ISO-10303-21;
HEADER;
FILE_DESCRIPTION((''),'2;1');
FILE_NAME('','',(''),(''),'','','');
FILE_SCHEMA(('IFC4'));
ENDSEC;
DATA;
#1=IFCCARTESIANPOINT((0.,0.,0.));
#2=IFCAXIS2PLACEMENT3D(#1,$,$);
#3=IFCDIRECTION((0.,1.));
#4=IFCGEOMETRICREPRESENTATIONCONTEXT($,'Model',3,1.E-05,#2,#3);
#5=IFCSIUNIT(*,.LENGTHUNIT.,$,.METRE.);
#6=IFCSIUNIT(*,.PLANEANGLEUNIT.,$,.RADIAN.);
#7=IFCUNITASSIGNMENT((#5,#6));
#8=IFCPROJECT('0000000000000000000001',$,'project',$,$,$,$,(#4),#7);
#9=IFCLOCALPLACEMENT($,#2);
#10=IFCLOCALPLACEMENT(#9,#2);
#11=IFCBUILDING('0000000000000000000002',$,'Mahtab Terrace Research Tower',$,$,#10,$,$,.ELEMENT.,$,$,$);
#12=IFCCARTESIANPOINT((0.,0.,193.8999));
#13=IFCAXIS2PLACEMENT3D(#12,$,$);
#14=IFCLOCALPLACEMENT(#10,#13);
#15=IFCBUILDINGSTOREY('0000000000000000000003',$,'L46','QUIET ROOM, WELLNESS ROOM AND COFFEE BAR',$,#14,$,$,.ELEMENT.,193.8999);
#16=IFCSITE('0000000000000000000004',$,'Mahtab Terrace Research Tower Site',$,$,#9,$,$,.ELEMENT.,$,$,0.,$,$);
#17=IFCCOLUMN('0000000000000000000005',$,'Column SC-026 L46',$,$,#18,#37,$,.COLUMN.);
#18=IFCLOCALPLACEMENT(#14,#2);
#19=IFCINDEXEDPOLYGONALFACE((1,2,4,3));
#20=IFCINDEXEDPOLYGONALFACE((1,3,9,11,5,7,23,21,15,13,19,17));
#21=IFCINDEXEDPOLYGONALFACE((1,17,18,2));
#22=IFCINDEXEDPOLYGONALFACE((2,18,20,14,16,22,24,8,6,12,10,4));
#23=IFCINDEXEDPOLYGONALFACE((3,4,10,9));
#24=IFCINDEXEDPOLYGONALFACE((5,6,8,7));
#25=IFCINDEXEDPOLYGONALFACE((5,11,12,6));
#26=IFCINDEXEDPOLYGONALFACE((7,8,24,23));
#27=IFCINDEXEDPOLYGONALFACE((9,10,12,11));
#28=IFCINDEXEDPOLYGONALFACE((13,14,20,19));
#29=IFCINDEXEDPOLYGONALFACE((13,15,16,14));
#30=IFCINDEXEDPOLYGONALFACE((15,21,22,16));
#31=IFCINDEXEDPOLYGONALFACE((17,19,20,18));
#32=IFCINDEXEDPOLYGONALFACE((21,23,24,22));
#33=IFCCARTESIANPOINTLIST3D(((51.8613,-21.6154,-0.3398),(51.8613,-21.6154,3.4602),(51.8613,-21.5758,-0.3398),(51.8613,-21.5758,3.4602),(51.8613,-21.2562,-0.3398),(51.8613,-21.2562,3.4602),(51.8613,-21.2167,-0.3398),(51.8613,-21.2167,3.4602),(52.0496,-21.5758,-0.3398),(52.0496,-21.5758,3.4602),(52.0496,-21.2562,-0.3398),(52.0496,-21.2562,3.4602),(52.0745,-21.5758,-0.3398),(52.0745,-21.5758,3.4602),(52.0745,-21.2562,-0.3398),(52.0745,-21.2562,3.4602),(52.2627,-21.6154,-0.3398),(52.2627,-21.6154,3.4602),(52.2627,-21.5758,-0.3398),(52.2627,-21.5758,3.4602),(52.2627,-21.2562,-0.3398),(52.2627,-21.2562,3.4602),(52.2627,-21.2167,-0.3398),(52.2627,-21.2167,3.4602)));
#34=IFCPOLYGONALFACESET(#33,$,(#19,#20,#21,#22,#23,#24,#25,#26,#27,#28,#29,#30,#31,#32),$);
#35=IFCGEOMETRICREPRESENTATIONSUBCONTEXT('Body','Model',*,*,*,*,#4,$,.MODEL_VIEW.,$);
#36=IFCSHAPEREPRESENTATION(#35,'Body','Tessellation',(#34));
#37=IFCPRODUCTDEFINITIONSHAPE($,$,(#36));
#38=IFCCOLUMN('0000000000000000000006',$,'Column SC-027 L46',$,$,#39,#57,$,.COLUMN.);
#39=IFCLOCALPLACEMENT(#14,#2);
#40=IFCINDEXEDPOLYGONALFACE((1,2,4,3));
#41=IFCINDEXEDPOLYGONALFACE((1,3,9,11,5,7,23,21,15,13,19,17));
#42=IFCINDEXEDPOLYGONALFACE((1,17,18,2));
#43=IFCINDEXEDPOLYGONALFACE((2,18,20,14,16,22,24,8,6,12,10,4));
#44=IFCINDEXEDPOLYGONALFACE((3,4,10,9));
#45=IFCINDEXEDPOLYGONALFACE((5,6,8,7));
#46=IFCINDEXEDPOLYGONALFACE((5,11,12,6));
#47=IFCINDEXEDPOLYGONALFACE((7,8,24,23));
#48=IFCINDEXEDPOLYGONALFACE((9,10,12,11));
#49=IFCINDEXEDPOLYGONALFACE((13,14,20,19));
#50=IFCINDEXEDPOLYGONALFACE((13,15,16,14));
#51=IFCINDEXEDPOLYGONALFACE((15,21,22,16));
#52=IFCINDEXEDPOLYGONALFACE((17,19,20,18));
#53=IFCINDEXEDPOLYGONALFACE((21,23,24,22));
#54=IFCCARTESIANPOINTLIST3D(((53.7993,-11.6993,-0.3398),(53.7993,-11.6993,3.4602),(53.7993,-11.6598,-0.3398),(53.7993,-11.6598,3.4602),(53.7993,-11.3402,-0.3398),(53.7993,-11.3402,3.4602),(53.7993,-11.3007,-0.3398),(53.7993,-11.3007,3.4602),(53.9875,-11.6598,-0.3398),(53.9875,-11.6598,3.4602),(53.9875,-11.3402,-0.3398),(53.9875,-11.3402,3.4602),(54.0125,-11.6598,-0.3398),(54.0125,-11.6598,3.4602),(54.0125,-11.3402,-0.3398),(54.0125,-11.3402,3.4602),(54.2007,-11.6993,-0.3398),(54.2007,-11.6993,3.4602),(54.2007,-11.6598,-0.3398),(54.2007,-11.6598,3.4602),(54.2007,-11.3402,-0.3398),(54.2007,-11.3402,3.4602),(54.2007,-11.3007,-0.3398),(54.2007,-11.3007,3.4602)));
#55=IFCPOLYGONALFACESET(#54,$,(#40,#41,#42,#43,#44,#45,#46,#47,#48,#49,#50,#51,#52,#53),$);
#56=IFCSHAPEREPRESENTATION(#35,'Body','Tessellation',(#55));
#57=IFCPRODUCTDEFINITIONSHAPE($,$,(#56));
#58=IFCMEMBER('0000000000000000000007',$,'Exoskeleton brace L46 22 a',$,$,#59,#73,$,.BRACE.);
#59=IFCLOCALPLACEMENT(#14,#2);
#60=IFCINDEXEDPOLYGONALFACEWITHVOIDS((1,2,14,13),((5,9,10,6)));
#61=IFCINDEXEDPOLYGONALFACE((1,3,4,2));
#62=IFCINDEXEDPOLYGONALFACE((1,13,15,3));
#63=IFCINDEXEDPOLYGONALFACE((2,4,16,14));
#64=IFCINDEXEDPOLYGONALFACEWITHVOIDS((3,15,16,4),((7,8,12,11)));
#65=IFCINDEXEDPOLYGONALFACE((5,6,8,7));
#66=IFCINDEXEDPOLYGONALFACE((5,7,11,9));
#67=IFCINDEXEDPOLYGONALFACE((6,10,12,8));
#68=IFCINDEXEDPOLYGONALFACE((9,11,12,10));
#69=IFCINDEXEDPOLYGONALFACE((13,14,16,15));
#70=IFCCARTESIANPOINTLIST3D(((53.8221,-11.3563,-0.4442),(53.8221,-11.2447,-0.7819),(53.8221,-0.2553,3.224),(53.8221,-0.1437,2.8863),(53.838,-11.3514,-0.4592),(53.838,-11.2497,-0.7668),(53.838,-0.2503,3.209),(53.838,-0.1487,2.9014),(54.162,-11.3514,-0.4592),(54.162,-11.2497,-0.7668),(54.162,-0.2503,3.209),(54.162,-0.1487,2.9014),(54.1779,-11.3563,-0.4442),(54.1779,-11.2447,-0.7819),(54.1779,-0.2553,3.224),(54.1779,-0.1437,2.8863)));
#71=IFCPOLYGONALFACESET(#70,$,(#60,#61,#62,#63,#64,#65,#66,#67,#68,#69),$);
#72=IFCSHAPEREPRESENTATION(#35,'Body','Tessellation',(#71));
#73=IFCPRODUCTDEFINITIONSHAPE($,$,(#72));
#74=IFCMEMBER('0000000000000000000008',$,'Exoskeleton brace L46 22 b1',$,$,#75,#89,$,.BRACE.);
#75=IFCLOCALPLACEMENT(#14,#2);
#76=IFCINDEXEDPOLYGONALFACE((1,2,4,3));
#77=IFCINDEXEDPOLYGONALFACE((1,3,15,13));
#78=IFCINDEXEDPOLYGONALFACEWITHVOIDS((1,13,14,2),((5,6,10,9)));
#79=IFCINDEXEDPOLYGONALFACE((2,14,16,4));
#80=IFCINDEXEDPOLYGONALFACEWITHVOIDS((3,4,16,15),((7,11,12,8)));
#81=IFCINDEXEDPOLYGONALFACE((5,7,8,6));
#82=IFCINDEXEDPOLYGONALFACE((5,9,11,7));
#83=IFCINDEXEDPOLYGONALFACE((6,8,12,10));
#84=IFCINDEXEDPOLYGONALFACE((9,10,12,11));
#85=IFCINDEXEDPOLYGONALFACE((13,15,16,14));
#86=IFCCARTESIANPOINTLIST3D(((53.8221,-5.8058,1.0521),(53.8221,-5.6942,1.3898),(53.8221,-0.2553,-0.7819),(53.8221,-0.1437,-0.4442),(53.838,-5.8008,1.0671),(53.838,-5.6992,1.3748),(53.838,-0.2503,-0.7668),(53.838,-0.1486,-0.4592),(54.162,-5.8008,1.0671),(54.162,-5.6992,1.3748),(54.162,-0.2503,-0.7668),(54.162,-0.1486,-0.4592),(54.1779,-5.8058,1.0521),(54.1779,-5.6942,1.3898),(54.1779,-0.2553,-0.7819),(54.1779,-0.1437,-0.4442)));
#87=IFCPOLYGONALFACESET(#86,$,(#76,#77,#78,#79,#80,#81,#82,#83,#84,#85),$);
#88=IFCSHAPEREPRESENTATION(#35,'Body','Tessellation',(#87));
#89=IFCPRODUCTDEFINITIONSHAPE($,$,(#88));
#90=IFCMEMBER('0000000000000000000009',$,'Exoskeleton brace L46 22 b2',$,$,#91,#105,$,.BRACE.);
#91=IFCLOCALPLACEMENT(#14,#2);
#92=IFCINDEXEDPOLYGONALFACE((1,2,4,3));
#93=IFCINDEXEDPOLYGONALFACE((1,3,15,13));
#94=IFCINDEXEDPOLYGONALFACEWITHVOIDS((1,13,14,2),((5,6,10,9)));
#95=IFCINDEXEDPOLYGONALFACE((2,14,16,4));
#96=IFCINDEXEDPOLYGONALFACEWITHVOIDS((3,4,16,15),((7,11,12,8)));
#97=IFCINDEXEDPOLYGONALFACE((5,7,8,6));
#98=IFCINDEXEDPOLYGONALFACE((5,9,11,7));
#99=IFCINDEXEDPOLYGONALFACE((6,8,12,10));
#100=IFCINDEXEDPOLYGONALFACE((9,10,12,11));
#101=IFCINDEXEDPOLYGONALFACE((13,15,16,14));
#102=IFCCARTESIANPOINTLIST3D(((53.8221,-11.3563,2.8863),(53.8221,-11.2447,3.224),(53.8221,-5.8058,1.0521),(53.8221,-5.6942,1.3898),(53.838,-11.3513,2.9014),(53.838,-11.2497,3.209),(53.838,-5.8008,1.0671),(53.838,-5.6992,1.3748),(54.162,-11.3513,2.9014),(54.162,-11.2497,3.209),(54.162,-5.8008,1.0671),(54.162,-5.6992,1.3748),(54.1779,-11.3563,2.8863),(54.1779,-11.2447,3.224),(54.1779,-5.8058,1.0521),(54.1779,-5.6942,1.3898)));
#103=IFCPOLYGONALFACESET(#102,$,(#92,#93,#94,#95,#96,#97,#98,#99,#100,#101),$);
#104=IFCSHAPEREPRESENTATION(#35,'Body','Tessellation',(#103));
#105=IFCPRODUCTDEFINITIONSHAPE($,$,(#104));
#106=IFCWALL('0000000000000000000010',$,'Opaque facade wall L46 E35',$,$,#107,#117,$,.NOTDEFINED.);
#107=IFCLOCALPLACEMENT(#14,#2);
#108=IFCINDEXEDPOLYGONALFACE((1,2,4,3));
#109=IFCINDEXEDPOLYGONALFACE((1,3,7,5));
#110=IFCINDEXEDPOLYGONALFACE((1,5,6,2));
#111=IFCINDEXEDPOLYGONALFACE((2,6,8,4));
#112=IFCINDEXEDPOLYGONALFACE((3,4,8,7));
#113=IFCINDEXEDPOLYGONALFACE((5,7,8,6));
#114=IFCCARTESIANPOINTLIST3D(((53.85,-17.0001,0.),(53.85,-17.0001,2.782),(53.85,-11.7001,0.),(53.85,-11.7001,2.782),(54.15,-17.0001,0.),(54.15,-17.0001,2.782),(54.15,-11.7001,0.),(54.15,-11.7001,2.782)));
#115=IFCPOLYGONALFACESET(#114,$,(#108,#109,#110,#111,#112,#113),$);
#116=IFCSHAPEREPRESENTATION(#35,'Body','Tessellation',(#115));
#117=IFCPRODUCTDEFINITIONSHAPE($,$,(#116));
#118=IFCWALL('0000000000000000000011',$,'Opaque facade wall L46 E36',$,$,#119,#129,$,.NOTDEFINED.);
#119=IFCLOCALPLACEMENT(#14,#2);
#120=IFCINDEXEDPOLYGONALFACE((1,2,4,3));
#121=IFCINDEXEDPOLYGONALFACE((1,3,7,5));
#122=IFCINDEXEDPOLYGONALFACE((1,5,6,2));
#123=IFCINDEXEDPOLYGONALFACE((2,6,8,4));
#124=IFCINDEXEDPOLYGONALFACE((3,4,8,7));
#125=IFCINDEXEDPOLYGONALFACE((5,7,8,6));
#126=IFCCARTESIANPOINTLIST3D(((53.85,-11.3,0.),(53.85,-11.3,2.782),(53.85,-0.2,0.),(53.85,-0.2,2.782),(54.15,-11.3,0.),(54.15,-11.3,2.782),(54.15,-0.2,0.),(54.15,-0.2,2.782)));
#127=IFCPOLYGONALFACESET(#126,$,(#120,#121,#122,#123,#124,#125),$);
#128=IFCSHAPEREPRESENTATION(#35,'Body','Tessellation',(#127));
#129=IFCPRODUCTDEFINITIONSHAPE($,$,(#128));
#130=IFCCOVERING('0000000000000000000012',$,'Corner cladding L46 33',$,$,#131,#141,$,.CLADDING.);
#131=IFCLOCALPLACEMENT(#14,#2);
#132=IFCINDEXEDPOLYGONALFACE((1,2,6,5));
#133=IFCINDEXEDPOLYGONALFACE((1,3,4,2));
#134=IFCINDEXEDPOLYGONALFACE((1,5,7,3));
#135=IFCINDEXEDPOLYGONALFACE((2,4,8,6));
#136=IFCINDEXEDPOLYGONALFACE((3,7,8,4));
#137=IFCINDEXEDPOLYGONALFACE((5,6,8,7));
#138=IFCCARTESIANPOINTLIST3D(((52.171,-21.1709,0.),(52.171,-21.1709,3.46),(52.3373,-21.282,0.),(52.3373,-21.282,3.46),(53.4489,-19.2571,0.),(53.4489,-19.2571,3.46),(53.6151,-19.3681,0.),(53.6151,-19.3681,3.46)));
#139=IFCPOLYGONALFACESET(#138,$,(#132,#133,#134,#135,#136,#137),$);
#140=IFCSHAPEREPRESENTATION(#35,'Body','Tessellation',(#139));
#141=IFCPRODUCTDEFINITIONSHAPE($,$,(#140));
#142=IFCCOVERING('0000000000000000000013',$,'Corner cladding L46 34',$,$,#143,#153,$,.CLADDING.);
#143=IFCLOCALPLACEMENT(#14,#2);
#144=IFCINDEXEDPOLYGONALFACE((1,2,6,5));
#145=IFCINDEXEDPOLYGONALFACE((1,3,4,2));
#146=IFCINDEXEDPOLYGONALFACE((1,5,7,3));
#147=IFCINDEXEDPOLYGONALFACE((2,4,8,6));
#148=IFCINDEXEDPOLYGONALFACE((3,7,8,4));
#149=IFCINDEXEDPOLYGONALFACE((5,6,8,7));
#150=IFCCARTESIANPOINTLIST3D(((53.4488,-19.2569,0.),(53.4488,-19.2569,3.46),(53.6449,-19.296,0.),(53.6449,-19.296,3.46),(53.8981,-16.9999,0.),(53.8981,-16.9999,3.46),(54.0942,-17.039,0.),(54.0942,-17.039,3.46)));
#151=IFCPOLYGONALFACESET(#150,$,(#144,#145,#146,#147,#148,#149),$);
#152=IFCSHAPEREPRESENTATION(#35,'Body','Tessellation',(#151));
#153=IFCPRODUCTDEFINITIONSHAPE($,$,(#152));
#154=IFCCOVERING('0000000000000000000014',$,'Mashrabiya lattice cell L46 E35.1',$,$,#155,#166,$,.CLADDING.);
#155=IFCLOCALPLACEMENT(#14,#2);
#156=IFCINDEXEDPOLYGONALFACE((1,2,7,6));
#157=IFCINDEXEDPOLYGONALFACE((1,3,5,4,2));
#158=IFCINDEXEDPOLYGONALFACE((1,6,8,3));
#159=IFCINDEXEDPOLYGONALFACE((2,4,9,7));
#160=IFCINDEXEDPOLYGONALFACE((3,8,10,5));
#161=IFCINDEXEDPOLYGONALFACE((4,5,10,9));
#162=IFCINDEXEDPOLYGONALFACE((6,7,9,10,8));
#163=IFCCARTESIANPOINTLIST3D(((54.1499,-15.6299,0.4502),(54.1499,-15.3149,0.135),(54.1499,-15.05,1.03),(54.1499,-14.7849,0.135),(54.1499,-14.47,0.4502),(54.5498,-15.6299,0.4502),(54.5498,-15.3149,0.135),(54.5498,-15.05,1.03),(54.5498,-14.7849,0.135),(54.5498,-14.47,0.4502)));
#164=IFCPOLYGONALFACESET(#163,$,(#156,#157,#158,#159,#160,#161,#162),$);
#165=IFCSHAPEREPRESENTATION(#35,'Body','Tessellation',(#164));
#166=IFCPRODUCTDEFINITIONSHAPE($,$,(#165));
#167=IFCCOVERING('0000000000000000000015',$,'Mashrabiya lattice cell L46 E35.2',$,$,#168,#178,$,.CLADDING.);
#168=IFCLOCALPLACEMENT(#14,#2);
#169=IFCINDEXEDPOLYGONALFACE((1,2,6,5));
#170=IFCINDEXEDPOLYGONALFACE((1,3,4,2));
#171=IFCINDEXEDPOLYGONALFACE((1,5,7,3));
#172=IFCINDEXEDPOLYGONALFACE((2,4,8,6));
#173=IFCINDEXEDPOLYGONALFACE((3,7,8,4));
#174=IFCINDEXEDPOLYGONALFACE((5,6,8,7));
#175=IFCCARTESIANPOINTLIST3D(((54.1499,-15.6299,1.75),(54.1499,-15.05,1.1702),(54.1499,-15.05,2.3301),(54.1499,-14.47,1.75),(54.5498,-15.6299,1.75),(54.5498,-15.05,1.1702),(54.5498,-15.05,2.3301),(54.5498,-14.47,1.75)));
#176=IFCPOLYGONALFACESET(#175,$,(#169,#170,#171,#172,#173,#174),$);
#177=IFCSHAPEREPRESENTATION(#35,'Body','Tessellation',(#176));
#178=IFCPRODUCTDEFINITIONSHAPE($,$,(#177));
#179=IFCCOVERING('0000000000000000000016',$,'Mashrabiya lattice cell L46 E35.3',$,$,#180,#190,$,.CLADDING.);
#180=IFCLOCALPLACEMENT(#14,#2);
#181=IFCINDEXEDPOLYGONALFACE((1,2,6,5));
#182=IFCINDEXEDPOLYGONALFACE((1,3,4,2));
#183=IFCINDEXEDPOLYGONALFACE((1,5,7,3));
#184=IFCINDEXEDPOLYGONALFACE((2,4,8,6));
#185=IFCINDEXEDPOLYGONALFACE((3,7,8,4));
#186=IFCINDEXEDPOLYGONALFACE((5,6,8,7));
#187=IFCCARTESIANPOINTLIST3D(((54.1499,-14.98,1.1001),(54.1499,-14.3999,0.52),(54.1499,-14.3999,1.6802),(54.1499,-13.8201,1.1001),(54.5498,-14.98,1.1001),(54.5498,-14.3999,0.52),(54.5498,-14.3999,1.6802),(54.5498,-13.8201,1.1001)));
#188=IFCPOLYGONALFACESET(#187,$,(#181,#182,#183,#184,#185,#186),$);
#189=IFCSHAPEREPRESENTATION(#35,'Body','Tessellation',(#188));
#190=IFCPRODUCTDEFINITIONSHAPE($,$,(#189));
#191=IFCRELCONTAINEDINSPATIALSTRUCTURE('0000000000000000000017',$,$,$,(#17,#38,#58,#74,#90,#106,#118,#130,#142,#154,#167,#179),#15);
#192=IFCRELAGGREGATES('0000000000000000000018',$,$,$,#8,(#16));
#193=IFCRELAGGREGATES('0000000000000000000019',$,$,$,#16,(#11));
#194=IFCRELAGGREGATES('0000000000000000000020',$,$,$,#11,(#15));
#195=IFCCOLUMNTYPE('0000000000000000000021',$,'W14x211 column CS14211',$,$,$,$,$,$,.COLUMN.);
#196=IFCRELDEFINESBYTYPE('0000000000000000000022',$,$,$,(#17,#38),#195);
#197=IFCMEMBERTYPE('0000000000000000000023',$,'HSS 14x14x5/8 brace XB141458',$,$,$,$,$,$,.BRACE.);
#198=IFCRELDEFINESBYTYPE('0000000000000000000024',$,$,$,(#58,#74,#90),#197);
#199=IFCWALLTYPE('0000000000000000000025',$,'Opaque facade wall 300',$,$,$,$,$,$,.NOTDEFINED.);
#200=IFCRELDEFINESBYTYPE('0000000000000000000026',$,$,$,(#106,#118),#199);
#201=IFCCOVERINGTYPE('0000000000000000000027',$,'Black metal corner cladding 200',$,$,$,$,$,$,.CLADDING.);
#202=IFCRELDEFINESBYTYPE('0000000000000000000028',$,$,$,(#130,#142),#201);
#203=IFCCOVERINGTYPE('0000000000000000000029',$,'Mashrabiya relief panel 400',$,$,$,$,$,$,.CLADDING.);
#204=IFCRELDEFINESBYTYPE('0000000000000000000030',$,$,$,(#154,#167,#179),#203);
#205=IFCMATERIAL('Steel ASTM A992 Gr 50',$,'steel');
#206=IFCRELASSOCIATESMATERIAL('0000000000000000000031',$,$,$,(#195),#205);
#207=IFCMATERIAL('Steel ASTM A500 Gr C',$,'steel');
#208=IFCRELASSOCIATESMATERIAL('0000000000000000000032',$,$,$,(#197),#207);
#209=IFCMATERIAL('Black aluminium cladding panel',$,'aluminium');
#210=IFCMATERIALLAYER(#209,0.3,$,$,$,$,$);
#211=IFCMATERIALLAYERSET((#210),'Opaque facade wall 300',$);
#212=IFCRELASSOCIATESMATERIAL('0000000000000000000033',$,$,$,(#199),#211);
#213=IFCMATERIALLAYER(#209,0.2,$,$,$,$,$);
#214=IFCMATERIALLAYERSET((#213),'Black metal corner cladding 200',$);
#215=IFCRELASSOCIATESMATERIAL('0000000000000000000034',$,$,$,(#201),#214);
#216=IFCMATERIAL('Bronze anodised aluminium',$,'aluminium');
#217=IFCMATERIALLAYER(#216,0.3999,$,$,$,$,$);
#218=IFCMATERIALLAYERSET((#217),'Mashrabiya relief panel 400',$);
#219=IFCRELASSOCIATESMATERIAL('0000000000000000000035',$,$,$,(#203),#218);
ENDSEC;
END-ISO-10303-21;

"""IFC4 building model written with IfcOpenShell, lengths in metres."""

from ifc_helpers import new_model, si_unit, direction, frame, frame_2d, origin, origin_2d, place, context, subcontext, project, spatial, polyline, rectangle, hollow_rectangle, i_section, outline, extrude, material, layer, layer_set, material_profile, profile_set, type_object, element, save


model = new_model("IFC4")

# Units and contexts
model_context = context("Model", 3, precision=1e-05, world=origin(), true_north=direction((0.0, 1.0)))
body_context = subcontext(model_context, "Body", "Model", "MODEL_VIEW")
ifc_project = project(units=[si_unit("LENGTHUNIT", "METRE"), si_unit("PLANEANGLEUNIT", "RADIAN")], contexts=[model_context])

# Site, building, storey
site_placement = place(None, origin())
site = spatial("IfcSite", under=ifc_project, at=site_placement, Name="Mahtab Terrace Research Tower Site", CompositionType="ELEMENT", RefElevation=0.0)
building_placement = place(site_placement, origin())
building = spatial("IfcBuilding", under=site, at=building_placement, Name="Mahtab Terrace Research Tower", CompositionType="ELEMENT")
storey_placement = place(building_placement, frame((0.0, 0.0, 193.8999)))
storey = spatial("IfcBuildingStorey", under=building, at=storey_placement, Name="L46", Description="QUIET ROOM, WELLNESS ROOM AND COFFEE BAR", CompositionType="ELEMENT", Elevation=193.8999)

# Columns
ifc_material_1 = material(Name="Steel ASTM A992 Gr 50", Category="steel")
ifc_material_profile_1 = material_profile(ifc_material_1, i_section(OverallWidth=0.4014, OverallDepth=0.3987, WebThickness=0.0249, FlangeThickness=0.0396, at=origin_2d()), Name="W14X211")
ifc_profile_set_1 = profile_set([ifc_material_profile_1], Name="Steel ASTM A992 Gr 50")
column_type = type_object("IfcColumnType", Name="W14x211 column CS14211", PredefinedType="COLUMN", material=ifc_profile_set_1)
for number, where, z_axis, x_axis, name in (
    (1, (52.062, -21.416, -0.3398), (0.0, 0.0, 1.0), (1.0, 0.0, 0.0), "Column SC-026 L46"),
    (2, (54.0, -11.5, -0.3398), (0.0, 0.0, 1.0), (1.0, 0.0, 0.0), "Column SC-027 L46"),
):
    element("IfcColumn", number, at=place(storey_placement, frame(where, z_axis=z_axis, x_axis=x_axis)), inside=storey, type_object=column_type, Name=name, PredefinedType="COLUMN", context=body_context, shape_type="SweptSolid", body=[
        extrude(i_section(OverallWidth=0.4014, OverallDepth=0.3987, WebThickness=0.0249, FlangeThickness=0.0396, at=origin_2d()), origin(), (0.0, 0.0, 1.0), 3.8),
    ])

# Members
ifc_material_2 = material(Name="Steel ASTM A500 Gr C", Category="steel")
ifc_material_profile_2 = material_profile(ifc_material_2, hollow_rectangle(XDim=0.3557, YDim=0.3557, WallThickness=0.0159, at=origin_2d()), Name="HSS14X14X5/8")
ifc_profile_set_2 = profile_set([ifc_material_profile_2], Name="Steel ASTM A500 Gr C")
member_type = type_object("IfcMemberType", Name="HSS 14x14x5/8 brace XB141458", PredefinedType="BRACE", material=ifc_profile_set_2)
member_placement = place(storey_placement, frame((54.0, -11.3005, -0.613), z_axis=(0.0, 0.949505, 0.313752), x_axis=(-1.0, 0.0, 0.0)))
element("IfcMember", 3, at=member_placement, inside=storey, type_object=member_type, Name="Exoskeleton brace L46 22 a", PredefinedType="BRACE", context=body_context, shape_type="SweptSolid", body=[
    extrude(hollow_rectangle(XDim=0.3557, YDim=0.3557, WallThickness=0.0159, at=origin_2d()), origin(), (0.0, 0.0, 1.0), 11.6914),
])
for number, where, z_axis, x_axis, name in (
    (4, (54.0, -0.1995, -0.613), (0.0, -0.949511, 0.313733), (1.0, 0.0, 0.0), "Exoskeleton brace L46 22 b1"),
    (5, (54.0, -5.75, 1.2209), (0.0, -0.949499, 0.313771), (1.0, 0.0, 0.0), "Exoskeleton brace L46 22 b2"),
):
    element("IfcMember", number, at=place(storey_placement, frame(where, z_axis=z_axis, x_axis=x_axis)), inside=storey, type_object=member_type, Name=name, PredefinedType="BRACE", context=body_context, shape_type="SweptSolid", body=[
        extrude(hollow_rectangle(XDim=0.3557, YDim=0.3557, WallThickness=0.0159, at=origin_2d()), origin(), (0.0, 0.0, 1.0), 5.8457),
    ])

# Walls
ifc_material_3 = material(Name="Black aluminium cladding panel", Category="aluminium")
ifc_layer_1 = layer(ifc_material_3, 0.3)
ifc_layer_set_1 = layer_set([ifc_layer_1], Name="Opaque facade wall 300")
wall_type = type_object("IfcWallType", Name="Opaque facade wall 300", PredefinedType="NOTDEFINED", material=ifc_layer_set_1)
wall_1_placement = place(storey_placement, frame((54.0, -17.0, 0.0), z_axis=(0.0, 0.0, 1.0), x_axis=(0.0, 1.0, 0.0)))
element("IfcWall", 6, at=wall_1_placement, inside=storey, type_object=wall_type, Name="Opaque facade wall L46 E35", PredefinedType="NOTDEFINED", context=body_context, shape_type="SweptSolid", body=[
    extrude(rectangle(XDim=5.3, YDim=0.3, at=frame_2d((2.6499, 0.0))), origin(), (0.0, 0.0, 1.0), 2.782),
])
wall_2_placement = place(storey_placement, frame((54.0, -11.3, 0.0), z_axis=(0.0, 0.0, 1.0), x_axis=(0.0, 1.0, 0.0)))
element("IfcWall", 7, at=wall_2_placement, inside=storey, type_object=wall_type, Name="Opaque facade wall L46 E36", PredefinedType="NOTDEFINED", context=body_context, shape_type="SweptSolid", body=[
    extrude(rectangle(XDim=11.1001, YDim=0.3, at=frame_2d((5.55, 0.0))), origin(), (0.0, 0.0, 1.0), 2.782),
])

# Coverings
ifc_layer_2 = layer(ifc_material_3, 0.2)
ifc_layer_set_2 = layer_set([ifc_layer_2], Name="Black metal corner cladding 200")
covering_type_1 = type_object("IfcCoveringType", Name="Black metal corner cladding 200", PredefinedType="CLADDING", material=ifc_layer_set_2)
for number, where, z_axis, x_axis, name in (
    (8, (52.8931, -20.2695, 0.0), (0.0, 0.0, 1.0), (0.555291, 0.831656, 0.0), "Corner cladding L46 33"),
    (9, (53.7715, -18.1479, 0.0), (0.0, 0.0, 1.0), (0.195212, 0.980761, 0.0), "Corner cladding L46 34"),
):
    element("IfcCovering", number, at=place(storey_placement, frame(where, z_axis=z_axis, x_axis=x_axis)), inside=storey, type_object=covering_type_1, Name=name, PredefinedType="CLADDING", context=body_context, shape_type="SweptSolid", body=[
        extrude(rectangle(XDim=2.3013, YDim=0.2, at=origin_2d()), origin(), (0.0, 0.0, 1.0), 3.46),
    ])
ifc_material_4 = material(Name="Bronze anodised aluminium", Category="aluminium")
ifc_layer_3 = layer(ifc_material_4, 0.3999)
ifc_layer_set_3 = layer_set([ifc_layer_3], Name="Mashrabiya relief panel 400")
covering_type_2 = type_object("IfcCoveringType", Name="Mashrabiya relief panel 400", PredefinedType="CLADDING", material=ifc_layer_set_3)
covering_1_placement = place(storey_placement, frame((54.1499, -15.6299, 0.4502), z_axis=(-1.0, 0.0, 0.0), x_axis=(0.0, 0.707107, 0.707107)))
element("IfcCovering", 10, at=covering_1_placement, inside=storey, type_object=covering_type_2, Name="Mashrabiya lattice cell L46 E35.1", PredefinedType="CLADDING", context=body_context, shape_type="SweptSolid", body=[
    extrude(outline(polyline([(0.0, 0.0), (0.82, 0.0), (0.8202, 0.8202), (0.3746, 0.8204), (-0.0002, 0.4456), (0.0, 0.0)])), origin(), (0.0, 0.0, -1.0), 0.3999),
])
covering_2_placement = place(storey_placement, frame((54.1499, -15.05, 2.3301), z_axis=(-1.0, 0.0, 0.0), x_axis=(0.0, 0.707107, -0.707107)))
element("IfcCovering", 11, at=covering_2_placement, inside=storey, type_object=covering_type_2, Name="Mashrabiya lattice cell L46 E35.2", PredefinedType="CLADDING", context=body_context, shape_type="SweptSolid", body=[
    extrude(outline(polyline([(0.0, 0.0), (0.8204, 0.0), (0.8202, 0.8202), (0.0002, 0.8202), (0.0, 0.0)])), origin(), (0.0, 0.0, -1.0), 0.3999),
])
covering_3_placement = place(storey_placement, frame((54.1499, -14.3999, 1.6802), z_axis=(-1.0, 0.0, 0.0), x_axis=(0.0, 0.706958, -0.707256)))
element("IfcCovering", 12, at=covering_3_placement, inside=storey, type_object=covering_type_2, Name="Mashrabiya lattice cell L46 E35.3", PredefinedType="CLADDING", context=body_context, shape_type="SweptSolid", body=[
    extrude(outline(polyline([(0.0, 0.0), (0.8202, 0.0), (0.8205, 0.8202), (0.0002, 0.8204), (0.0, 0.0)])), origin(), (0.0, 0.0, -1.0), 0.3999),
])

save(model, "model.ifc")
